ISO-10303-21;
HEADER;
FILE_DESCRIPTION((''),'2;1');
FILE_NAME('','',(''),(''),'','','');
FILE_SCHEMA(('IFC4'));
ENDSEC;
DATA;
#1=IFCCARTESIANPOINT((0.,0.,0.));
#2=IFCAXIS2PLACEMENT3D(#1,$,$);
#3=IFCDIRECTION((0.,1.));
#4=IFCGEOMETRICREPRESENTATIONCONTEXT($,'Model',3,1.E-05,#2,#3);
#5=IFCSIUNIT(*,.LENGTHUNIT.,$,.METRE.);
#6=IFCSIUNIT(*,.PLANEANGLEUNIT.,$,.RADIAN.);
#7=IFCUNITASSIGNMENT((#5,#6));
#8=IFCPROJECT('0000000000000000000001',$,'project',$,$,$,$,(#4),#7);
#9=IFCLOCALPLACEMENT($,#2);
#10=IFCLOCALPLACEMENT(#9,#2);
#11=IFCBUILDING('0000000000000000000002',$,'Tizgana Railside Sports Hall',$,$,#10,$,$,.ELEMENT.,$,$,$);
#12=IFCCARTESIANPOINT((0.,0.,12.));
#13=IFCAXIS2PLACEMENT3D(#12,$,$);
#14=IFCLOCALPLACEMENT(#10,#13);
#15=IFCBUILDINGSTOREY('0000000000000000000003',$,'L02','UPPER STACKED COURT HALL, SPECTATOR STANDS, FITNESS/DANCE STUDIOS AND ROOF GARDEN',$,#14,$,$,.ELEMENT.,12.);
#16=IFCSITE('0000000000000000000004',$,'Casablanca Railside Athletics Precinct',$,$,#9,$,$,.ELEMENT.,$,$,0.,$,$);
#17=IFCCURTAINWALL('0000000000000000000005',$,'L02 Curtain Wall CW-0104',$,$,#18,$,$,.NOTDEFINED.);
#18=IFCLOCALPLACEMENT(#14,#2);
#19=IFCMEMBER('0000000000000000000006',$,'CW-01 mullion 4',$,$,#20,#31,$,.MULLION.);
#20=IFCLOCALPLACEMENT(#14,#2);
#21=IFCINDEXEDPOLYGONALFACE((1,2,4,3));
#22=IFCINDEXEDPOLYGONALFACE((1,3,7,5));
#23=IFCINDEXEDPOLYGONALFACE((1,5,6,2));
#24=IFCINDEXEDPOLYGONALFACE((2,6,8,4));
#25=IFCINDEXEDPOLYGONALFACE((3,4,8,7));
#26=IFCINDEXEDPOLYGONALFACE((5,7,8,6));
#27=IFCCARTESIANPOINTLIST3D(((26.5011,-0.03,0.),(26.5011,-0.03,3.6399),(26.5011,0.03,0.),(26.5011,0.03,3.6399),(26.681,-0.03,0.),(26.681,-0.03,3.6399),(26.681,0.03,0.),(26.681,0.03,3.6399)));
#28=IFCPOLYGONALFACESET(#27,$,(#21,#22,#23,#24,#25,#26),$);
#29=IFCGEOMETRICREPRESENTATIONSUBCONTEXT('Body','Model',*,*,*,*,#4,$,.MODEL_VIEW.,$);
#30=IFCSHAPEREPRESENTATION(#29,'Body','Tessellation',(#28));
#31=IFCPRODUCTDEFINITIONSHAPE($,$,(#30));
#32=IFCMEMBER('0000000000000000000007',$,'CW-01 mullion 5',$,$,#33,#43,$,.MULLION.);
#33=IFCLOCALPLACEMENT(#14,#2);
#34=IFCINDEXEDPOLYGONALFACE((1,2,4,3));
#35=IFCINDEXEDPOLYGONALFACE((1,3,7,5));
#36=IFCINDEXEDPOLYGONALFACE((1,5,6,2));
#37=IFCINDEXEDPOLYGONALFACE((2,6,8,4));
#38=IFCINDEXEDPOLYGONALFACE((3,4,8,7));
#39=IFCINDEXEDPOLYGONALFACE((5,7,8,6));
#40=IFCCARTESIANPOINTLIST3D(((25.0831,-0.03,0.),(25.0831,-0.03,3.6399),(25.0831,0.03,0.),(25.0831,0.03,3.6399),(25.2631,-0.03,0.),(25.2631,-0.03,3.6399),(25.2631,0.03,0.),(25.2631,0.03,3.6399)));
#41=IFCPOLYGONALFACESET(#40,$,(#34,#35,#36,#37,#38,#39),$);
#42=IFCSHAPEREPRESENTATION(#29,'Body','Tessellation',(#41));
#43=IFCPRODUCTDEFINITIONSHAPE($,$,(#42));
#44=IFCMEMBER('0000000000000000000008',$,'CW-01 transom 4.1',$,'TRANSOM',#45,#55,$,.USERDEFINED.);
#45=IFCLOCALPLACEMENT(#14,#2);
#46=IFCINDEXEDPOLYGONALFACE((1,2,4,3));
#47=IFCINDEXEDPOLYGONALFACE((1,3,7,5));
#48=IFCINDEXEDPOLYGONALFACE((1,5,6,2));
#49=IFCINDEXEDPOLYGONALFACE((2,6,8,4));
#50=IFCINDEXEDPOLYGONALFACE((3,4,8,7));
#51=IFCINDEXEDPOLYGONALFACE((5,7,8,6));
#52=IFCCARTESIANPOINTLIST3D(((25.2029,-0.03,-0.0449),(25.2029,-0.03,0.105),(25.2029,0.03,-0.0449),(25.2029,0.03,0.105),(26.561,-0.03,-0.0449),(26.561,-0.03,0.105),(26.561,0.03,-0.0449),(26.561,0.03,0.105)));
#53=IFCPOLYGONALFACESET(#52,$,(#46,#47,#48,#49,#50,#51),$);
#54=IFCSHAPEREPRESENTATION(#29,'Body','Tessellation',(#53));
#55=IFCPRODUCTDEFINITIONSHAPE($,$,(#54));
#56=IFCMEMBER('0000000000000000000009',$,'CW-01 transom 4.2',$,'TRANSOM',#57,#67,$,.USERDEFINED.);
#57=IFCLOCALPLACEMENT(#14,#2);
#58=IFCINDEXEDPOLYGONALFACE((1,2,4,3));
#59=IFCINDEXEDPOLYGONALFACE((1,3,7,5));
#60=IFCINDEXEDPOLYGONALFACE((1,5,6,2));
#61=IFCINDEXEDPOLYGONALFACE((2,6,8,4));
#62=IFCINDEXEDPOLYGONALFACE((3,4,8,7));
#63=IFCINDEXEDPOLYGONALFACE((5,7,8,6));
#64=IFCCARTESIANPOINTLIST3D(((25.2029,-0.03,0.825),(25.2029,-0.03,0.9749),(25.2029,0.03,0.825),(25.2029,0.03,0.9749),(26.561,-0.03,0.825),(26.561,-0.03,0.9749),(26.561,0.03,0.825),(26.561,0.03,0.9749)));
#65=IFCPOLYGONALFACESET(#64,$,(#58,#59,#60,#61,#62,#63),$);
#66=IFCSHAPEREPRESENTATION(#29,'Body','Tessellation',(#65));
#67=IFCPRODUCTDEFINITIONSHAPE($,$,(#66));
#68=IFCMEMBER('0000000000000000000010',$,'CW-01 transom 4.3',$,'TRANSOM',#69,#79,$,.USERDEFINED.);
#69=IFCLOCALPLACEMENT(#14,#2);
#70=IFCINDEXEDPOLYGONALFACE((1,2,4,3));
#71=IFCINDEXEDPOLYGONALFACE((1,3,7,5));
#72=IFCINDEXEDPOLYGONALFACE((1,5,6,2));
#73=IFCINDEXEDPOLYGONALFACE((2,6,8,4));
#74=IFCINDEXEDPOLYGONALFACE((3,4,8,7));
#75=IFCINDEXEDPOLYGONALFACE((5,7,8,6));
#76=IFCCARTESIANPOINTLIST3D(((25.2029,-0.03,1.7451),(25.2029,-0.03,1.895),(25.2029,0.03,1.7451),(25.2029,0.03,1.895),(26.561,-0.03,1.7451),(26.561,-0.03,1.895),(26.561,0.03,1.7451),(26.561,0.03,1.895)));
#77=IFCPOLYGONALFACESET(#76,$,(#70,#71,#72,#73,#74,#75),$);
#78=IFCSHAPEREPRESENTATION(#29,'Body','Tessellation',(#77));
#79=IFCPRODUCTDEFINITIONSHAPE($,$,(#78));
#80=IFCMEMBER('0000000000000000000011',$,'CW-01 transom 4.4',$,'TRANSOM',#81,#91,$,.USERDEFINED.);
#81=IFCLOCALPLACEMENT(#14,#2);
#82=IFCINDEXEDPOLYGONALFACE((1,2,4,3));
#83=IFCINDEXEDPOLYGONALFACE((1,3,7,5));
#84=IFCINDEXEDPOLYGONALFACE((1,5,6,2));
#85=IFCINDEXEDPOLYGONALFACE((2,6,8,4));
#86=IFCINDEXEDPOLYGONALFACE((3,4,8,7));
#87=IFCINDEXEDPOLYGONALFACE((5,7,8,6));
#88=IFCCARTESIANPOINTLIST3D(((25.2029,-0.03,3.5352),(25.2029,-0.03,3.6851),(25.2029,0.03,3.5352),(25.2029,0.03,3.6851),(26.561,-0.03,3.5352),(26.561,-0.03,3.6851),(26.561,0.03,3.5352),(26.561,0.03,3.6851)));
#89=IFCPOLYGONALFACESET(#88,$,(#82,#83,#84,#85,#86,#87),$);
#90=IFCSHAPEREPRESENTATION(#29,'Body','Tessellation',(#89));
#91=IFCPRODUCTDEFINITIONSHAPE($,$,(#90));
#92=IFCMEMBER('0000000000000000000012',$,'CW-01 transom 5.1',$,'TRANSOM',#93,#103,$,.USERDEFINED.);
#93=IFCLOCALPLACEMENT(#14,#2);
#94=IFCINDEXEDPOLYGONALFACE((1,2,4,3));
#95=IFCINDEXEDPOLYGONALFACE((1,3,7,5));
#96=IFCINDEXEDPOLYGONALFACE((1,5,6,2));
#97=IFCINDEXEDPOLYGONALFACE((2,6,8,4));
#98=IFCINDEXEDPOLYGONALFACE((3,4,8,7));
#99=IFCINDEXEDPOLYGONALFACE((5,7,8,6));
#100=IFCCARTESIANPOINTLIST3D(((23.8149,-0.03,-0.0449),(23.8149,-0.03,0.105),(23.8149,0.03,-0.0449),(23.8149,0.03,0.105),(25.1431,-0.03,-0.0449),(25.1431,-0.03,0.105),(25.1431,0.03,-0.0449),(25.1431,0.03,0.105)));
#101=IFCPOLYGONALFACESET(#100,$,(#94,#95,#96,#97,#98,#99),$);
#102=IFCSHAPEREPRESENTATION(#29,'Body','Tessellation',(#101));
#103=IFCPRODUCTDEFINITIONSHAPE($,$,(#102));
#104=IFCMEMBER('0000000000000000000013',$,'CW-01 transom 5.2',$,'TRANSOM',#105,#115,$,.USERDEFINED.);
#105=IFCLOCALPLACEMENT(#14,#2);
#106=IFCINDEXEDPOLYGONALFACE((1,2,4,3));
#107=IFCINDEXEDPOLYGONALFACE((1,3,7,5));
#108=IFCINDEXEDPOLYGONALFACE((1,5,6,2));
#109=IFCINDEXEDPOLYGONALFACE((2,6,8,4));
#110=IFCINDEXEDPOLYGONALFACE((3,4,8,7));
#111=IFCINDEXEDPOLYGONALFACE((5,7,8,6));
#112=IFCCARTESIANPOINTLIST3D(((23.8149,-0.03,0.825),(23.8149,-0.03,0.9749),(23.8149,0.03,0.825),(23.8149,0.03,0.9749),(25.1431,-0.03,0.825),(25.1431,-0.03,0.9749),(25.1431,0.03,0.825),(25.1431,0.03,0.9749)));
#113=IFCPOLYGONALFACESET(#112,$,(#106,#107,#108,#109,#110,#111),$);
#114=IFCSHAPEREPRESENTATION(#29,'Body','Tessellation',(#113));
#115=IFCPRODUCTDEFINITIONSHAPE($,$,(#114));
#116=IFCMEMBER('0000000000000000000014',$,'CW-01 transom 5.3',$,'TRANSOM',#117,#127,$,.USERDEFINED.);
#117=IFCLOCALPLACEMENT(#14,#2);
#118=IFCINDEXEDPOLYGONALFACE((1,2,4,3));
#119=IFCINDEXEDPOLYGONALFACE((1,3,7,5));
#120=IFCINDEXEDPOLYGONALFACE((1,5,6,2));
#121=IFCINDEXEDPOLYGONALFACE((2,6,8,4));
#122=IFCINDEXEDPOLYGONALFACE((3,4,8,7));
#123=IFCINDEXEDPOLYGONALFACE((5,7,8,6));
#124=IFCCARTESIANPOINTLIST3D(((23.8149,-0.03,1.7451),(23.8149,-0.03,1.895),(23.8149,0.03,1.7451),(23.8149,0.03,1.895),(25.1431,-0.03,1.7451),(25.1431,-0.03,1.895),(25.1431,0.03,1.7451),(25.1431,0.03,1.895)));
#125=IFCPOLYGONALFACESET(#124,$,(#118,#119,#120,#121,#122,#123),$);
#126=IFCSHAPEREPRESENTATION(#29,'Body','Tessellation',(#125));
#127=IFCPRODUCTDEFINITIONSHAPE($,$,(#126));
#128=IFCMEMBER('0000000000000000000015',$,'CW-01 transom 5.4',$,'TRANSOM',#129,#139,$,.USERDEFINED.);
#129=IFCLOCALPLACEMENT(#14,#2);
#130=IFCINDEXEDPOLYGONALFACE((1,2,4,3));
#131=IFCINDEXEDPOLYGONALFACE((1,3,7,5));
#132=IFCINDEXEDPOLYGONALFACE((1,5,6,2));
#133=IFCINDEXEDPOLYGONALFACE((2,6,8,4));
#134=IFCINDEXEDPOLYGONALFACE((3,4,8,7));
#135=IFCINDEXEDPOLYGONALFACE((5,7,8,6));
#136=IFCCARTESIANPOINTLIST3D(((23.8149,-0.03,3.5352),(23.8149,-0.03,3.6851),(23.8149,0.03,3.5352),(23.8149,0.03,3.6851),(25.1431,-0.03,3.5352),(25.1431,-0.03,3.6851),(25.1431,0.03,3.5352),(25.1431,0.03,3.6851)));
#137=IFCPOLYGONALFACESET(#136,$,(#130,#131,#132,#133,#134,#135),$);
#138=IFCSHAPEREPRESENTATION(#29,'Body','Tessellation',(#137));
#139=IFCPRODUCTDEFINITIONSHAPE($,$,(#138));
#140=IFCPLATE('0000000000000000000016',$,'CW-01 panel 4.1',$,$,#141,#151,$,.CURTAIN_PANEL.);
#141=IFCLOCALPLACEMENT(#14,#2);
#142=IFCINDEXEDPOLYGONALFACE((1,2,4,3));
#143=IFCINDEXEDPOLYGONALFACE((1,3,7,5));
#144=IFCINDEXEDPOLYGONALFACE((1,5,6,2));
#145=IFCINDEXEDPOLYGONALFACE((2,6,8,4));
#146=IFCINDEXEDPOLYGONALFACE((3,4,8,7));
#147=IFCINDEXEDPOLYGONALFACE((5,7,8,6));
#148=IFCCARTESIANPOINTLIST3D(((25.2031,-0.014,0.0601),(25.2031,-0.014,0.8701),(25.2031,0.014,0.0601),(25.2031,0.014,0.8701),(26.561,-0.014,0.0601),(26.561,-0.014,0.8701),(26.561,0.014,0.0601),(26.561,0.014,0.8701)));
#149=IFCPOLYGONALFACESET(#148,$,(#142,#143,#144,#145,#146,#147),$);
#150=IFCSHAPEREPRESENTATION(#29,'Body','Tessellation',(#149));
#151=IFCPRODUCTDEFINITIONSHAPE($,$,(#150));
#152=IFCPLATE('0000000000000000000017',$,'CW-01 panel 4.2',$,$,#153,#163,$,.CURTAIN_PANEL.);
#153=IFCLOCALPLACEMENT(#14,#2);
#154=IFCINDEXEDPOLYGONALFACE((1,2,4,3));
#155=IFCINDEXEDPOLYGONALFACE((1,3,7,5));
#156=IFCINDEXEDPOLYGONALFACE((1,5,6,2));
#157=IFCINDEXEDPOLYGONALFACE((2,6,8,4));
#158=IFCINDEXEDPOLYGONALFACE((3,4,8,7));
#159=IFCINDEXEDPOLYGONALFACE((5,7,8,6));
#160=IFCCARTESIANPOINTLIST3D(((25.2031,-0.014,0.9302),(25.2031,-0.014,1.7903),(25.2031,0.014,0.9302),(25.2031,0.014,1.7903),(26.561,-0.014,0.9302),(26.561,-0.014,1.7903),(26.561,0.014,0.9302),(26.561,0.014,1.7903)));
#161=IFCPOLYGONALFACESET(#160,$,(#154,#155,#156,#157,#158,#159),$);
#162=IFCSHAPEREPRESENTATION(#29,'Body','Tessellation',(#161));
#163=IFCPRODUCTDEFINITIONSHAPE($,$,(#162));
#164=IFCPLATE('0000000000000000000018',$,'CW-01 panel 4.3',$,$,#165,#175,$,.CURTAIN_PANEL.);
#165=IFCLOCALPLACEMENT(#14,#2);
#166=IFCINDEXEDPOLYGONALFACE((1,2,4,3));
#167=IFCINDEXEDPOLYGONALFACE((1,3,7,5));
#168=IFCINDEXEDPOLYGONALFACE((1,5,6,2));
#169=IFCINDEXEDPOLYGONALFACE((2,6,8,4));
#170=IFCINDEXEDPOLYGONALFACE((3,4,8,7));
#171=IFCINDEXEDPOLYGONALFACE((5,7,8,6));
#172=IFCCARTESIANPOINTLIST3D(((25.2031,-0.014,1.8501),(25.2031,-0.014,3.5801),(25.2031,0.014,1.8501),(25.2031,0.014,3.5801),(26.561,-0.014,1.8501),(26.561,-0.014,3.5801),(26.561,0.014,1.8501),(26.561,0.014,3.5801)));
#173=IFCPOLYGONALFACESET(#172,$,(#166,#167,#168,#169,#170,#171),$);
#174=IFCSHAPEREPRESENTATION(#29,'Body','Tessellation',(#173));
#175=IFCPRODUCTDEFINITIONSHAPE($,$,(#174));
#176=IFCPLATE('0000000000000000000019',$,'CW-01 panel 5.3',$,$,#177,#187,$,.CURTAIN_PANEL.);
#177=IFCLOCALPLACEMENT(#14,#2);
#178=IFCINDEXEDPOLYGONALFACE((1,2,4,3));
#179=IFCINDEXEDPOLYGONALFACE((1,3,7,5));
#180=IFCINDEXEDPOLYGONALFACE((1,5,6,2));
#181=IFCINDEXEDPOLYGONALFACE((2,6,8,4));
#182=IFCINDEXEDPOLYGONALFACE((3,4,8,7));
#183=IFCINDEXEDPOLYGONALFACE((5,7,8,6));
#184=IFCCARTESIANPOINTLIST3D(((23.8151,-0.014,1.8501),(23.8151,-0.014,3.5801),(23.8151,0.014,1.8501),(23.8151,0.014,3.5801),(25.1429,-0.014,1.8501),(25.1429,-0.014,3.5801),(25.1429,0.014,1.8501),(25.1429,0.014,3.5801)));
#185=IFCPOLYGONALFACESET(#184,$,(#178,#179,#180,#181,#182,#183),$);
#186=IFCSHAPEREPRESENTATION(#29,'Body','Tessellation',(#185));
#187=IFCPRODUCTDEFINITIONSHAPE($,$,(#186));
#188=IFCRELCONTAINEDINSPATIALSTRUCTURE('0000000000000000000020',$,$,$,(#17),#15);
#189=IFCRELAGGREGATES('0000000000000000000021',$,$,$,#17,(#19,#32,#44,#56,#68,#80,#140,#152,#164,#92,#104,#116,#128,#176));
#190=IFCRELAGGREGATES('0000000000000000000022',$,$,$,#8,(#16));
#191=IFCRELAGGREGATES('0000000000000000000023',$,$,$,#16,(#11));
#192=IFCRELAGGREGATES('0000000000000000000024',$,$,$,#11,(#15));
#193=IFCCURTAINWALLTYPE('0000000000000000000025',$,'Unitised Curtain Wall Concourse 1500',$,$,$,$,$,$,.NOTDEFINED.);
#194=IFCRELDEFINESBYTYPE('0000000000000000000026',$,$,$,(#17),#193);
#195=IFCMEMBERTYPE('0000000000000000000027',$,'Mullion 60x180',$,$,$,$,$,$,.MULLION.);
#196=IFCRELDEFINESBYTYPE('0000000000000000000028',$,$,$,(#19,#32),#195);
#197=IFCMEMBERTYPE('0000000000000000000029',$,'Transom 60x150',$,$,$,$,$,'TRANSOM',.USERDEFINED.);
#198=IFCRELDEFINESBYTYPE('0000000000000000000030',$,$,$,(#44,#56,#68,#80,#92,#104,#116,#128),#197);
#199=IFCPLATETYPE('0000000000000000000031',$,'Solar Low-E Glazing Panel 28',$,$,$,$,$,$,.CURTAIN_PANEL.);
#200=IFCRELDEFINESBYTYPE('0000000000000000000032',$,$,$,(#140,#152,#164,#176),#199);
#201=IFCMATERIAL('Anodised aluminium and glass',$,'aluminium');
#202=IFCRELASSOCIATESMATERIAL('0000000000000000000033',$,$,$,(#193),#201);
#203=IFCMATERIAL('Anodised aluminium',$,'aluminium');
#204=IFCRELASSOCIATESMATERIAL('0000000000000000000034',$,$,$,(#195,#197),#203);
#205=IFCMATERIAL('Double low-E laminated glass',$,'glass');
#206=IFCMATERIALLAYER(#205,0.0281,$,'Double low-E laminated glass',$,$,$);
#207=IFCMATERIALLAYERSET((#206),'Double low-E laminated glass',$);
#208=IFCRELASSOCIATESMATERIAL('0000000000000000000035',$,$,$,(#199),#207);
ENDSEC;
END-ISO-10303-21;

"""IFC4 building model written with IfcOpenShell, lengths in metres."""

from ifc_helpers import new_model, si_unit, direction, frame, origin, origin_2d, place, context, subcontext, project, spatial, rectangle, extrude, material, layer, layer_set, material_profile, profile_set, type_object, element, aggregate, save


model = new_model("IFC4")

# Units and contexts
model_context = context("Model", 3, precision=1e-05, world=origin(), true_north=direction((0.0, 1.0)))
body_context = subcontext(model_context, "Body", "Model", "MODEL_VIEW")
ifc_project = project(units=[si_unit("LENGTHUNIT", "METRE"), si_unit("PLANEANGLEUNIT", "RADIAN")], contexts=[model_context])

# Site, building, storey
site_placement = place(None, origin())
site = spatial("IfcSite", under=ifc_project, at=site_placement, Name="Casablanca Railside Athletics Precinct", CompositionType="ELEMENT", RefElevation=0.0)
building_placement = place(site_placement, origin())
building = spatial("IfcBuilding", under=site, at=building_placement, Name="Tizgana Railside Sports Hall", CompositionType="ELEMENT")
storey_placement = place(building_placement, frame((0.0, 0.0, 12.0)))
storey = spatial("IfcBuildingStorey", under=building, at=storey_placement, Name="L02", Description="UPPER STACKED COURT HALL, SPECTATOR STANDS, FITNESS/DANCE STUDIOS AND ROOF GARDEN", CompositionType="ELEMENT", Elevation=12.0)

# Curtain wall, members, plates
ifc_material_1 = material(Name="Anodised aluminium and glass", Category="aluminium")
curtain_wall_type = type_object("IfcCurtainWallType", Name="Unitised Curtain Wall Concourse 1500", PredefinedType="NOTDEFINED", material=ifc_material_1)
curtain_wall_placement = place(storey_placement, origin())
curtain_wall = element("IfcCurtainWall", 1, at=curtain_wall_placement, inside=storey, type_object=curtain_wall_type, Name="L02 Curtain Wall CW-0104", PredefinedType="NOTDEFINED")
ifc_material_2 = material(Name="Anodised aluminium", Category="aluminium")
ifc_material_profile_1 = material_profile(ifc_material_2, rectangle(XDim=0.0601, YDim=0.1799, at=origin_2d()), Name="Mullion 60x180")
ifc_profile_set_1 = profile_set([ifc_material_profile_1], Name="Anodised aluminium")
member_type_1 = type_object("IfcMemberType", Name="Mullion 60x180", PredefinedType="MULLION", material=ifc_profile_set_1)
member_1_placement = place(storey_placement, frame((26.5911, 0.0, 0.0), z_axis=(0.0, 0.0, 1.0), x_axis=(0.0, -1.0, 0.0)))
member_1 = element("IfcMember", 2, at=member_1_placement, type_object=member_type_1, Name="CW-01 mullion 4", PredefinedType="MULLION", context=body_context, shape_type="SweptSolid", body=[
    extrude(rectangle(XDim=0.0601, YDim=0.1799, at=origin_2d()), origin(), (0.0, 0.0, 1.0), 3.6399),
])
member_2_placement = place(storey_placement, frame((25.1731, 0.0, 0.0), z_axis=(0.0, 0.0, 1.0), x_axis=(0.0, -1.0, 0.0)))
member_2 = element("IfcMember", 3, at=member_2_placement, type_object=member_type_1, Name="CW-01 mullion 5", PredefinedType="MULLION", context=body_context, shape_type="SweptSolid", body=[
    extrude(rectangle(XDim=0.0601, YDim=0.1799, at=origin_2d()), origin(), (0.0, 0.0, 1.0), 3.6399),
])
ifc_material_profile_2 = material_profile(ifc_material_2, rectangle(XDim=0.0601, YDim=0.1499, at=origin_2d()), Name="Transom 60x150")
ifc_profile_set_2 = profile_set([ifc_material_profile_2], Name="Anodised aluminium")
member_type_2 = type_object("IfcMemberType", Name="Transom 60x150", ElementType="TRANSOM", PredefinedType="USERDEFINED", material=ifc_profile_set_2)
member_3_placement = place(storey_placement, frame((26.561, 0.0, 0.03), z_axis=(-1.0, 0.0, 0.0), x_axis=(0.0, -1.0, 0.0)))
member_3 = element("IfcMember", 4, at=member_3_placement, type_object=member_type_2, Name="CW-01 transom 4.1", ObjectType="TRANSOM", PredefinedType="USERDEFINED", context=body_context, shape_type="SweptSolid", body=[
    extrude(rectangle(XDim=0.0601, YDim=0.1499, at=origin_2d()), origin(), (0.0, 0.0, 1.0), 1.3582),
])
member_4_placement = place(storey_placement, frame((26.561, 0.0, 0.8999), z_axis=(-1.0, 0.0, 0.0), x_axis=(0.0, -1.0, 0.0)))
member_4 = element("IfcMember", 5, at=member_4_placement, type_object=member_type_2, Name="CW-01 transom 4.2", ObjectType="TRANSOM", PredefinedType="USERDEFINED", context=body_context, shape_type="SweptSolid", body=[
    extrude(rectangle(XDim=0.0601, YDim=0.1499, at=origin_2d()), origin(), (0.0, 0.0, 1.0), 1.3582),
])
member_5_placement = place(storey_placement, frame((26.561, 0.0, 1.8201), z_axis=(-1.0, 0.0, 0.0), x_axis=(0.0, -1.0, 0.0)))
member_5 = element("IfcMember", 6, at=member_5_placement, type_object=member_type_2, Name="CW-01 transom 4.3", ObjectType="TRANSOM", PredefinedType="USERDEFINED", context=body_context, shape_type="SweptSolid", body=[
    extrude(rectangle(XDim=0.0601, YDim=0.1499, at=origin_2d()), origin(), (0.0, 0.0, 1.0), 1.3582),
])
member_6_placement = place(storey_placement, frame((26.561, 0.0, 3.6101), z_axis=(-1.0, 0.0, 0.0), x_axis=(0.0, -1.0, 0.0)))
member_6 = element("IfcMember", 7, at=member_6_placement, type_object=member_type_2, Name="CW-01 transom 4.4", ObjectType="TRANSOM", PredefinedType="USERDEFINED", context=body_context, shape_type="SweptSolid", body=[
    extrude(rectangle(XDim=0.0601, YDim=0.1499, at=origin_2d()), origin(), (0.0, 0.0, 1.0), 1.3582),
])
member_7_placement = place(storey_placement, frame((25.1431, 0.0, 0.03), z_axis=(-1.0, 0.0, 0.0), x_axis=(0.0, -1.0, 0.0)))
member_7 = element("IfcMember", 8, at=member_7_placement, type_object=member_type_2, Name="CW-01 transom 5.1", ObjectType="TRANSOM", PredefinedType="USERDEFINED", context=body_context, shape_type="SweptSolid", body=[
    extrude(rectangle(XDim=0.0601, YDim=0.1499, at=origin_2d()), origin(), (0.0, 0.0, 1.0), 1.3281),
])
member_8_placement = place(storey_placement, frame((25.1431, 0.0, 0.8999), z_axis=(-1.0, 0.0, 0.0), x_axis=(0.0, -1.0, 0.0)))
member_8 = element("IfcMember", 9, at=member_8_placement, type_object=member_type_2, Name="CW-01 transom 5.2", ObjectType="TRANSOM", PredefinedType="USERDEFINED", context=body_context, shape_type="SweptSolid", body=[
    extrude(rectangle(XDim=0.0601, YDim=0.1499, at=origin_2d()), origin(), (0.0, 0.0, 1.0), 1.3281),
])
member_9_placement = place(storey_placement, frame((25.1431, 0.0, 1.8201), z_axis=(-1.0, 0.0, 0.0), x_axis=(0.0, -1.0, 0.0)))
member_9 = element("IfcMember", 10, at=member_9_placement, type_object=member_type_2, Name="CW-01 transom 5.3", ObjectType="TRANSOM", PredefinedType="USERDEFINED", context=body_context, shape_type="SweptSolid", body=[
    extrude(rectangle(XDim=0.0601, YDim=0.1499, at=origin_2d()), origin(), (0.0, 0.0, 1.0), 1.3281),
])
member_10_placement = place(storey_placement, frame((25.1431, 0.0, 3.6101), z_axis=(-1.0, 0.0, 0.0), x_axis=(0.0, -1.0, 0.0)))
member_10 = element("IfcMember", 11, at=member_10_placement, type_object=member_type_2, Name="CW-01 transom 5.4", ObjectType="TRANSOM", PredefinedType="USERDEFINED", context=body_context, shape_type="SweptSolid", body=[
    extrude(rectangle(XDim=0.0601, YDim=0.1499, at=origin_2d()), origin(), (0.0, 0.0, 1.0), 1.3281),
])
ifc_material_3 = material(Name="Double low-E laminated glass", Category="glass")
ifc_layer_1 = layer(ifc_material_3, 0.0281, Name="Double low-E laminated glass")
ifc_layer_set_1 = layer_set([ifc_layer_1], Name="Double low-E laminated glass")
plate_type = type_object("IfcPlateType", Name="Solar Low-E Glazing Panel 28", PredefinedType="CURTAIN_PANEL", material=ifc_layer_set_1)
plate_1_placement = place(storey_placement, frame((25.8821, 0.0, 0.0601), z_axis=(0.0, 0.0, 1.0), x_axis=(-1.0, 0.0, 0.0)))
plate_1 = element("IfcPlate", 12, at=plate_1_placement, type_object=plate_type, Name="CW-01 panel 4.1", PredefinedType="CURTAIN_PANEL", context=body_context, shape_type="SweptSolid", body=[
    extrude(rectangle(XDim=1.3579, YDim=0.0281, at=origin_2d()), origin(), (0.0, 0.0, 1.0), 0.8101),
])
plate_2_placement = place(storey_placement, frame((25.8821, 0.0, 0.9302), z_axis=(0.0, 0.0, 1.0), x_axis=(-1.0, 0.0, 0.0)))
plate_2 = element("IfcPlate", 13, at=plate_2_placement, type_object=plate_type, Name="CW-01 panel 4.2", PredefinedType="CURTAIN_PANEL", context=body_context, shape_type="SweptSolid", body=[
    extrude(rectangle(XDim=1.3579, YDim=0.0281, at=origin_2d()), origin(), (0.0, 0.0, 1.0), 0.8601),
])
plate_3_placement = place(storey_placement, frame((25.8821, 0.0, 1.8501), z_axis=(0.0, 0.0, 1.0), x_axis=(-1.0, 0.0, 0.0)))
plate_3 = element("IfcPlate", 14, at=plate_3_placement, type_object=plate_type, Name="CW-01 panel 4.3", PredefinedType="CURTAIN_PANEL", context=body_context, shape_type="SweptSolid", body=[
    extrude(rectangle(XDim=1.3579, YDim=0.0281, at=origin_2d()), origin(), (0.0, 0.0, 1.0), 1.73),
])
plate_4_placement = place(storey_placement, frame((24.479, 0.0, 1.8501), z_axis=(0.0, 0.0, 1.0), x_axis=(-1.0, 0.0, 0.0)))
plate_4 = element("IfcPlate", 15, at=plate_4_placement, type_object=plate_type, Name="CW-01 panel 5.3", PredefinedType="CURTAIN_PANEL", context=body_context, shape_type="SweptSolid", body=[
    extrude(rectangle(XDim=1.3279, YDim=0.0281, at=origin_2d()), origin(), (0.0, 0.0, 1.0), 1.73),
])
aggregate(curtain_wall, [member_1, member_2, member_3, member_4, member_5, member_6, plate_1, plate_2, plate_3, member_7, member_8, member_9, member_10, plate_4])

save(model, "model.ifc")
